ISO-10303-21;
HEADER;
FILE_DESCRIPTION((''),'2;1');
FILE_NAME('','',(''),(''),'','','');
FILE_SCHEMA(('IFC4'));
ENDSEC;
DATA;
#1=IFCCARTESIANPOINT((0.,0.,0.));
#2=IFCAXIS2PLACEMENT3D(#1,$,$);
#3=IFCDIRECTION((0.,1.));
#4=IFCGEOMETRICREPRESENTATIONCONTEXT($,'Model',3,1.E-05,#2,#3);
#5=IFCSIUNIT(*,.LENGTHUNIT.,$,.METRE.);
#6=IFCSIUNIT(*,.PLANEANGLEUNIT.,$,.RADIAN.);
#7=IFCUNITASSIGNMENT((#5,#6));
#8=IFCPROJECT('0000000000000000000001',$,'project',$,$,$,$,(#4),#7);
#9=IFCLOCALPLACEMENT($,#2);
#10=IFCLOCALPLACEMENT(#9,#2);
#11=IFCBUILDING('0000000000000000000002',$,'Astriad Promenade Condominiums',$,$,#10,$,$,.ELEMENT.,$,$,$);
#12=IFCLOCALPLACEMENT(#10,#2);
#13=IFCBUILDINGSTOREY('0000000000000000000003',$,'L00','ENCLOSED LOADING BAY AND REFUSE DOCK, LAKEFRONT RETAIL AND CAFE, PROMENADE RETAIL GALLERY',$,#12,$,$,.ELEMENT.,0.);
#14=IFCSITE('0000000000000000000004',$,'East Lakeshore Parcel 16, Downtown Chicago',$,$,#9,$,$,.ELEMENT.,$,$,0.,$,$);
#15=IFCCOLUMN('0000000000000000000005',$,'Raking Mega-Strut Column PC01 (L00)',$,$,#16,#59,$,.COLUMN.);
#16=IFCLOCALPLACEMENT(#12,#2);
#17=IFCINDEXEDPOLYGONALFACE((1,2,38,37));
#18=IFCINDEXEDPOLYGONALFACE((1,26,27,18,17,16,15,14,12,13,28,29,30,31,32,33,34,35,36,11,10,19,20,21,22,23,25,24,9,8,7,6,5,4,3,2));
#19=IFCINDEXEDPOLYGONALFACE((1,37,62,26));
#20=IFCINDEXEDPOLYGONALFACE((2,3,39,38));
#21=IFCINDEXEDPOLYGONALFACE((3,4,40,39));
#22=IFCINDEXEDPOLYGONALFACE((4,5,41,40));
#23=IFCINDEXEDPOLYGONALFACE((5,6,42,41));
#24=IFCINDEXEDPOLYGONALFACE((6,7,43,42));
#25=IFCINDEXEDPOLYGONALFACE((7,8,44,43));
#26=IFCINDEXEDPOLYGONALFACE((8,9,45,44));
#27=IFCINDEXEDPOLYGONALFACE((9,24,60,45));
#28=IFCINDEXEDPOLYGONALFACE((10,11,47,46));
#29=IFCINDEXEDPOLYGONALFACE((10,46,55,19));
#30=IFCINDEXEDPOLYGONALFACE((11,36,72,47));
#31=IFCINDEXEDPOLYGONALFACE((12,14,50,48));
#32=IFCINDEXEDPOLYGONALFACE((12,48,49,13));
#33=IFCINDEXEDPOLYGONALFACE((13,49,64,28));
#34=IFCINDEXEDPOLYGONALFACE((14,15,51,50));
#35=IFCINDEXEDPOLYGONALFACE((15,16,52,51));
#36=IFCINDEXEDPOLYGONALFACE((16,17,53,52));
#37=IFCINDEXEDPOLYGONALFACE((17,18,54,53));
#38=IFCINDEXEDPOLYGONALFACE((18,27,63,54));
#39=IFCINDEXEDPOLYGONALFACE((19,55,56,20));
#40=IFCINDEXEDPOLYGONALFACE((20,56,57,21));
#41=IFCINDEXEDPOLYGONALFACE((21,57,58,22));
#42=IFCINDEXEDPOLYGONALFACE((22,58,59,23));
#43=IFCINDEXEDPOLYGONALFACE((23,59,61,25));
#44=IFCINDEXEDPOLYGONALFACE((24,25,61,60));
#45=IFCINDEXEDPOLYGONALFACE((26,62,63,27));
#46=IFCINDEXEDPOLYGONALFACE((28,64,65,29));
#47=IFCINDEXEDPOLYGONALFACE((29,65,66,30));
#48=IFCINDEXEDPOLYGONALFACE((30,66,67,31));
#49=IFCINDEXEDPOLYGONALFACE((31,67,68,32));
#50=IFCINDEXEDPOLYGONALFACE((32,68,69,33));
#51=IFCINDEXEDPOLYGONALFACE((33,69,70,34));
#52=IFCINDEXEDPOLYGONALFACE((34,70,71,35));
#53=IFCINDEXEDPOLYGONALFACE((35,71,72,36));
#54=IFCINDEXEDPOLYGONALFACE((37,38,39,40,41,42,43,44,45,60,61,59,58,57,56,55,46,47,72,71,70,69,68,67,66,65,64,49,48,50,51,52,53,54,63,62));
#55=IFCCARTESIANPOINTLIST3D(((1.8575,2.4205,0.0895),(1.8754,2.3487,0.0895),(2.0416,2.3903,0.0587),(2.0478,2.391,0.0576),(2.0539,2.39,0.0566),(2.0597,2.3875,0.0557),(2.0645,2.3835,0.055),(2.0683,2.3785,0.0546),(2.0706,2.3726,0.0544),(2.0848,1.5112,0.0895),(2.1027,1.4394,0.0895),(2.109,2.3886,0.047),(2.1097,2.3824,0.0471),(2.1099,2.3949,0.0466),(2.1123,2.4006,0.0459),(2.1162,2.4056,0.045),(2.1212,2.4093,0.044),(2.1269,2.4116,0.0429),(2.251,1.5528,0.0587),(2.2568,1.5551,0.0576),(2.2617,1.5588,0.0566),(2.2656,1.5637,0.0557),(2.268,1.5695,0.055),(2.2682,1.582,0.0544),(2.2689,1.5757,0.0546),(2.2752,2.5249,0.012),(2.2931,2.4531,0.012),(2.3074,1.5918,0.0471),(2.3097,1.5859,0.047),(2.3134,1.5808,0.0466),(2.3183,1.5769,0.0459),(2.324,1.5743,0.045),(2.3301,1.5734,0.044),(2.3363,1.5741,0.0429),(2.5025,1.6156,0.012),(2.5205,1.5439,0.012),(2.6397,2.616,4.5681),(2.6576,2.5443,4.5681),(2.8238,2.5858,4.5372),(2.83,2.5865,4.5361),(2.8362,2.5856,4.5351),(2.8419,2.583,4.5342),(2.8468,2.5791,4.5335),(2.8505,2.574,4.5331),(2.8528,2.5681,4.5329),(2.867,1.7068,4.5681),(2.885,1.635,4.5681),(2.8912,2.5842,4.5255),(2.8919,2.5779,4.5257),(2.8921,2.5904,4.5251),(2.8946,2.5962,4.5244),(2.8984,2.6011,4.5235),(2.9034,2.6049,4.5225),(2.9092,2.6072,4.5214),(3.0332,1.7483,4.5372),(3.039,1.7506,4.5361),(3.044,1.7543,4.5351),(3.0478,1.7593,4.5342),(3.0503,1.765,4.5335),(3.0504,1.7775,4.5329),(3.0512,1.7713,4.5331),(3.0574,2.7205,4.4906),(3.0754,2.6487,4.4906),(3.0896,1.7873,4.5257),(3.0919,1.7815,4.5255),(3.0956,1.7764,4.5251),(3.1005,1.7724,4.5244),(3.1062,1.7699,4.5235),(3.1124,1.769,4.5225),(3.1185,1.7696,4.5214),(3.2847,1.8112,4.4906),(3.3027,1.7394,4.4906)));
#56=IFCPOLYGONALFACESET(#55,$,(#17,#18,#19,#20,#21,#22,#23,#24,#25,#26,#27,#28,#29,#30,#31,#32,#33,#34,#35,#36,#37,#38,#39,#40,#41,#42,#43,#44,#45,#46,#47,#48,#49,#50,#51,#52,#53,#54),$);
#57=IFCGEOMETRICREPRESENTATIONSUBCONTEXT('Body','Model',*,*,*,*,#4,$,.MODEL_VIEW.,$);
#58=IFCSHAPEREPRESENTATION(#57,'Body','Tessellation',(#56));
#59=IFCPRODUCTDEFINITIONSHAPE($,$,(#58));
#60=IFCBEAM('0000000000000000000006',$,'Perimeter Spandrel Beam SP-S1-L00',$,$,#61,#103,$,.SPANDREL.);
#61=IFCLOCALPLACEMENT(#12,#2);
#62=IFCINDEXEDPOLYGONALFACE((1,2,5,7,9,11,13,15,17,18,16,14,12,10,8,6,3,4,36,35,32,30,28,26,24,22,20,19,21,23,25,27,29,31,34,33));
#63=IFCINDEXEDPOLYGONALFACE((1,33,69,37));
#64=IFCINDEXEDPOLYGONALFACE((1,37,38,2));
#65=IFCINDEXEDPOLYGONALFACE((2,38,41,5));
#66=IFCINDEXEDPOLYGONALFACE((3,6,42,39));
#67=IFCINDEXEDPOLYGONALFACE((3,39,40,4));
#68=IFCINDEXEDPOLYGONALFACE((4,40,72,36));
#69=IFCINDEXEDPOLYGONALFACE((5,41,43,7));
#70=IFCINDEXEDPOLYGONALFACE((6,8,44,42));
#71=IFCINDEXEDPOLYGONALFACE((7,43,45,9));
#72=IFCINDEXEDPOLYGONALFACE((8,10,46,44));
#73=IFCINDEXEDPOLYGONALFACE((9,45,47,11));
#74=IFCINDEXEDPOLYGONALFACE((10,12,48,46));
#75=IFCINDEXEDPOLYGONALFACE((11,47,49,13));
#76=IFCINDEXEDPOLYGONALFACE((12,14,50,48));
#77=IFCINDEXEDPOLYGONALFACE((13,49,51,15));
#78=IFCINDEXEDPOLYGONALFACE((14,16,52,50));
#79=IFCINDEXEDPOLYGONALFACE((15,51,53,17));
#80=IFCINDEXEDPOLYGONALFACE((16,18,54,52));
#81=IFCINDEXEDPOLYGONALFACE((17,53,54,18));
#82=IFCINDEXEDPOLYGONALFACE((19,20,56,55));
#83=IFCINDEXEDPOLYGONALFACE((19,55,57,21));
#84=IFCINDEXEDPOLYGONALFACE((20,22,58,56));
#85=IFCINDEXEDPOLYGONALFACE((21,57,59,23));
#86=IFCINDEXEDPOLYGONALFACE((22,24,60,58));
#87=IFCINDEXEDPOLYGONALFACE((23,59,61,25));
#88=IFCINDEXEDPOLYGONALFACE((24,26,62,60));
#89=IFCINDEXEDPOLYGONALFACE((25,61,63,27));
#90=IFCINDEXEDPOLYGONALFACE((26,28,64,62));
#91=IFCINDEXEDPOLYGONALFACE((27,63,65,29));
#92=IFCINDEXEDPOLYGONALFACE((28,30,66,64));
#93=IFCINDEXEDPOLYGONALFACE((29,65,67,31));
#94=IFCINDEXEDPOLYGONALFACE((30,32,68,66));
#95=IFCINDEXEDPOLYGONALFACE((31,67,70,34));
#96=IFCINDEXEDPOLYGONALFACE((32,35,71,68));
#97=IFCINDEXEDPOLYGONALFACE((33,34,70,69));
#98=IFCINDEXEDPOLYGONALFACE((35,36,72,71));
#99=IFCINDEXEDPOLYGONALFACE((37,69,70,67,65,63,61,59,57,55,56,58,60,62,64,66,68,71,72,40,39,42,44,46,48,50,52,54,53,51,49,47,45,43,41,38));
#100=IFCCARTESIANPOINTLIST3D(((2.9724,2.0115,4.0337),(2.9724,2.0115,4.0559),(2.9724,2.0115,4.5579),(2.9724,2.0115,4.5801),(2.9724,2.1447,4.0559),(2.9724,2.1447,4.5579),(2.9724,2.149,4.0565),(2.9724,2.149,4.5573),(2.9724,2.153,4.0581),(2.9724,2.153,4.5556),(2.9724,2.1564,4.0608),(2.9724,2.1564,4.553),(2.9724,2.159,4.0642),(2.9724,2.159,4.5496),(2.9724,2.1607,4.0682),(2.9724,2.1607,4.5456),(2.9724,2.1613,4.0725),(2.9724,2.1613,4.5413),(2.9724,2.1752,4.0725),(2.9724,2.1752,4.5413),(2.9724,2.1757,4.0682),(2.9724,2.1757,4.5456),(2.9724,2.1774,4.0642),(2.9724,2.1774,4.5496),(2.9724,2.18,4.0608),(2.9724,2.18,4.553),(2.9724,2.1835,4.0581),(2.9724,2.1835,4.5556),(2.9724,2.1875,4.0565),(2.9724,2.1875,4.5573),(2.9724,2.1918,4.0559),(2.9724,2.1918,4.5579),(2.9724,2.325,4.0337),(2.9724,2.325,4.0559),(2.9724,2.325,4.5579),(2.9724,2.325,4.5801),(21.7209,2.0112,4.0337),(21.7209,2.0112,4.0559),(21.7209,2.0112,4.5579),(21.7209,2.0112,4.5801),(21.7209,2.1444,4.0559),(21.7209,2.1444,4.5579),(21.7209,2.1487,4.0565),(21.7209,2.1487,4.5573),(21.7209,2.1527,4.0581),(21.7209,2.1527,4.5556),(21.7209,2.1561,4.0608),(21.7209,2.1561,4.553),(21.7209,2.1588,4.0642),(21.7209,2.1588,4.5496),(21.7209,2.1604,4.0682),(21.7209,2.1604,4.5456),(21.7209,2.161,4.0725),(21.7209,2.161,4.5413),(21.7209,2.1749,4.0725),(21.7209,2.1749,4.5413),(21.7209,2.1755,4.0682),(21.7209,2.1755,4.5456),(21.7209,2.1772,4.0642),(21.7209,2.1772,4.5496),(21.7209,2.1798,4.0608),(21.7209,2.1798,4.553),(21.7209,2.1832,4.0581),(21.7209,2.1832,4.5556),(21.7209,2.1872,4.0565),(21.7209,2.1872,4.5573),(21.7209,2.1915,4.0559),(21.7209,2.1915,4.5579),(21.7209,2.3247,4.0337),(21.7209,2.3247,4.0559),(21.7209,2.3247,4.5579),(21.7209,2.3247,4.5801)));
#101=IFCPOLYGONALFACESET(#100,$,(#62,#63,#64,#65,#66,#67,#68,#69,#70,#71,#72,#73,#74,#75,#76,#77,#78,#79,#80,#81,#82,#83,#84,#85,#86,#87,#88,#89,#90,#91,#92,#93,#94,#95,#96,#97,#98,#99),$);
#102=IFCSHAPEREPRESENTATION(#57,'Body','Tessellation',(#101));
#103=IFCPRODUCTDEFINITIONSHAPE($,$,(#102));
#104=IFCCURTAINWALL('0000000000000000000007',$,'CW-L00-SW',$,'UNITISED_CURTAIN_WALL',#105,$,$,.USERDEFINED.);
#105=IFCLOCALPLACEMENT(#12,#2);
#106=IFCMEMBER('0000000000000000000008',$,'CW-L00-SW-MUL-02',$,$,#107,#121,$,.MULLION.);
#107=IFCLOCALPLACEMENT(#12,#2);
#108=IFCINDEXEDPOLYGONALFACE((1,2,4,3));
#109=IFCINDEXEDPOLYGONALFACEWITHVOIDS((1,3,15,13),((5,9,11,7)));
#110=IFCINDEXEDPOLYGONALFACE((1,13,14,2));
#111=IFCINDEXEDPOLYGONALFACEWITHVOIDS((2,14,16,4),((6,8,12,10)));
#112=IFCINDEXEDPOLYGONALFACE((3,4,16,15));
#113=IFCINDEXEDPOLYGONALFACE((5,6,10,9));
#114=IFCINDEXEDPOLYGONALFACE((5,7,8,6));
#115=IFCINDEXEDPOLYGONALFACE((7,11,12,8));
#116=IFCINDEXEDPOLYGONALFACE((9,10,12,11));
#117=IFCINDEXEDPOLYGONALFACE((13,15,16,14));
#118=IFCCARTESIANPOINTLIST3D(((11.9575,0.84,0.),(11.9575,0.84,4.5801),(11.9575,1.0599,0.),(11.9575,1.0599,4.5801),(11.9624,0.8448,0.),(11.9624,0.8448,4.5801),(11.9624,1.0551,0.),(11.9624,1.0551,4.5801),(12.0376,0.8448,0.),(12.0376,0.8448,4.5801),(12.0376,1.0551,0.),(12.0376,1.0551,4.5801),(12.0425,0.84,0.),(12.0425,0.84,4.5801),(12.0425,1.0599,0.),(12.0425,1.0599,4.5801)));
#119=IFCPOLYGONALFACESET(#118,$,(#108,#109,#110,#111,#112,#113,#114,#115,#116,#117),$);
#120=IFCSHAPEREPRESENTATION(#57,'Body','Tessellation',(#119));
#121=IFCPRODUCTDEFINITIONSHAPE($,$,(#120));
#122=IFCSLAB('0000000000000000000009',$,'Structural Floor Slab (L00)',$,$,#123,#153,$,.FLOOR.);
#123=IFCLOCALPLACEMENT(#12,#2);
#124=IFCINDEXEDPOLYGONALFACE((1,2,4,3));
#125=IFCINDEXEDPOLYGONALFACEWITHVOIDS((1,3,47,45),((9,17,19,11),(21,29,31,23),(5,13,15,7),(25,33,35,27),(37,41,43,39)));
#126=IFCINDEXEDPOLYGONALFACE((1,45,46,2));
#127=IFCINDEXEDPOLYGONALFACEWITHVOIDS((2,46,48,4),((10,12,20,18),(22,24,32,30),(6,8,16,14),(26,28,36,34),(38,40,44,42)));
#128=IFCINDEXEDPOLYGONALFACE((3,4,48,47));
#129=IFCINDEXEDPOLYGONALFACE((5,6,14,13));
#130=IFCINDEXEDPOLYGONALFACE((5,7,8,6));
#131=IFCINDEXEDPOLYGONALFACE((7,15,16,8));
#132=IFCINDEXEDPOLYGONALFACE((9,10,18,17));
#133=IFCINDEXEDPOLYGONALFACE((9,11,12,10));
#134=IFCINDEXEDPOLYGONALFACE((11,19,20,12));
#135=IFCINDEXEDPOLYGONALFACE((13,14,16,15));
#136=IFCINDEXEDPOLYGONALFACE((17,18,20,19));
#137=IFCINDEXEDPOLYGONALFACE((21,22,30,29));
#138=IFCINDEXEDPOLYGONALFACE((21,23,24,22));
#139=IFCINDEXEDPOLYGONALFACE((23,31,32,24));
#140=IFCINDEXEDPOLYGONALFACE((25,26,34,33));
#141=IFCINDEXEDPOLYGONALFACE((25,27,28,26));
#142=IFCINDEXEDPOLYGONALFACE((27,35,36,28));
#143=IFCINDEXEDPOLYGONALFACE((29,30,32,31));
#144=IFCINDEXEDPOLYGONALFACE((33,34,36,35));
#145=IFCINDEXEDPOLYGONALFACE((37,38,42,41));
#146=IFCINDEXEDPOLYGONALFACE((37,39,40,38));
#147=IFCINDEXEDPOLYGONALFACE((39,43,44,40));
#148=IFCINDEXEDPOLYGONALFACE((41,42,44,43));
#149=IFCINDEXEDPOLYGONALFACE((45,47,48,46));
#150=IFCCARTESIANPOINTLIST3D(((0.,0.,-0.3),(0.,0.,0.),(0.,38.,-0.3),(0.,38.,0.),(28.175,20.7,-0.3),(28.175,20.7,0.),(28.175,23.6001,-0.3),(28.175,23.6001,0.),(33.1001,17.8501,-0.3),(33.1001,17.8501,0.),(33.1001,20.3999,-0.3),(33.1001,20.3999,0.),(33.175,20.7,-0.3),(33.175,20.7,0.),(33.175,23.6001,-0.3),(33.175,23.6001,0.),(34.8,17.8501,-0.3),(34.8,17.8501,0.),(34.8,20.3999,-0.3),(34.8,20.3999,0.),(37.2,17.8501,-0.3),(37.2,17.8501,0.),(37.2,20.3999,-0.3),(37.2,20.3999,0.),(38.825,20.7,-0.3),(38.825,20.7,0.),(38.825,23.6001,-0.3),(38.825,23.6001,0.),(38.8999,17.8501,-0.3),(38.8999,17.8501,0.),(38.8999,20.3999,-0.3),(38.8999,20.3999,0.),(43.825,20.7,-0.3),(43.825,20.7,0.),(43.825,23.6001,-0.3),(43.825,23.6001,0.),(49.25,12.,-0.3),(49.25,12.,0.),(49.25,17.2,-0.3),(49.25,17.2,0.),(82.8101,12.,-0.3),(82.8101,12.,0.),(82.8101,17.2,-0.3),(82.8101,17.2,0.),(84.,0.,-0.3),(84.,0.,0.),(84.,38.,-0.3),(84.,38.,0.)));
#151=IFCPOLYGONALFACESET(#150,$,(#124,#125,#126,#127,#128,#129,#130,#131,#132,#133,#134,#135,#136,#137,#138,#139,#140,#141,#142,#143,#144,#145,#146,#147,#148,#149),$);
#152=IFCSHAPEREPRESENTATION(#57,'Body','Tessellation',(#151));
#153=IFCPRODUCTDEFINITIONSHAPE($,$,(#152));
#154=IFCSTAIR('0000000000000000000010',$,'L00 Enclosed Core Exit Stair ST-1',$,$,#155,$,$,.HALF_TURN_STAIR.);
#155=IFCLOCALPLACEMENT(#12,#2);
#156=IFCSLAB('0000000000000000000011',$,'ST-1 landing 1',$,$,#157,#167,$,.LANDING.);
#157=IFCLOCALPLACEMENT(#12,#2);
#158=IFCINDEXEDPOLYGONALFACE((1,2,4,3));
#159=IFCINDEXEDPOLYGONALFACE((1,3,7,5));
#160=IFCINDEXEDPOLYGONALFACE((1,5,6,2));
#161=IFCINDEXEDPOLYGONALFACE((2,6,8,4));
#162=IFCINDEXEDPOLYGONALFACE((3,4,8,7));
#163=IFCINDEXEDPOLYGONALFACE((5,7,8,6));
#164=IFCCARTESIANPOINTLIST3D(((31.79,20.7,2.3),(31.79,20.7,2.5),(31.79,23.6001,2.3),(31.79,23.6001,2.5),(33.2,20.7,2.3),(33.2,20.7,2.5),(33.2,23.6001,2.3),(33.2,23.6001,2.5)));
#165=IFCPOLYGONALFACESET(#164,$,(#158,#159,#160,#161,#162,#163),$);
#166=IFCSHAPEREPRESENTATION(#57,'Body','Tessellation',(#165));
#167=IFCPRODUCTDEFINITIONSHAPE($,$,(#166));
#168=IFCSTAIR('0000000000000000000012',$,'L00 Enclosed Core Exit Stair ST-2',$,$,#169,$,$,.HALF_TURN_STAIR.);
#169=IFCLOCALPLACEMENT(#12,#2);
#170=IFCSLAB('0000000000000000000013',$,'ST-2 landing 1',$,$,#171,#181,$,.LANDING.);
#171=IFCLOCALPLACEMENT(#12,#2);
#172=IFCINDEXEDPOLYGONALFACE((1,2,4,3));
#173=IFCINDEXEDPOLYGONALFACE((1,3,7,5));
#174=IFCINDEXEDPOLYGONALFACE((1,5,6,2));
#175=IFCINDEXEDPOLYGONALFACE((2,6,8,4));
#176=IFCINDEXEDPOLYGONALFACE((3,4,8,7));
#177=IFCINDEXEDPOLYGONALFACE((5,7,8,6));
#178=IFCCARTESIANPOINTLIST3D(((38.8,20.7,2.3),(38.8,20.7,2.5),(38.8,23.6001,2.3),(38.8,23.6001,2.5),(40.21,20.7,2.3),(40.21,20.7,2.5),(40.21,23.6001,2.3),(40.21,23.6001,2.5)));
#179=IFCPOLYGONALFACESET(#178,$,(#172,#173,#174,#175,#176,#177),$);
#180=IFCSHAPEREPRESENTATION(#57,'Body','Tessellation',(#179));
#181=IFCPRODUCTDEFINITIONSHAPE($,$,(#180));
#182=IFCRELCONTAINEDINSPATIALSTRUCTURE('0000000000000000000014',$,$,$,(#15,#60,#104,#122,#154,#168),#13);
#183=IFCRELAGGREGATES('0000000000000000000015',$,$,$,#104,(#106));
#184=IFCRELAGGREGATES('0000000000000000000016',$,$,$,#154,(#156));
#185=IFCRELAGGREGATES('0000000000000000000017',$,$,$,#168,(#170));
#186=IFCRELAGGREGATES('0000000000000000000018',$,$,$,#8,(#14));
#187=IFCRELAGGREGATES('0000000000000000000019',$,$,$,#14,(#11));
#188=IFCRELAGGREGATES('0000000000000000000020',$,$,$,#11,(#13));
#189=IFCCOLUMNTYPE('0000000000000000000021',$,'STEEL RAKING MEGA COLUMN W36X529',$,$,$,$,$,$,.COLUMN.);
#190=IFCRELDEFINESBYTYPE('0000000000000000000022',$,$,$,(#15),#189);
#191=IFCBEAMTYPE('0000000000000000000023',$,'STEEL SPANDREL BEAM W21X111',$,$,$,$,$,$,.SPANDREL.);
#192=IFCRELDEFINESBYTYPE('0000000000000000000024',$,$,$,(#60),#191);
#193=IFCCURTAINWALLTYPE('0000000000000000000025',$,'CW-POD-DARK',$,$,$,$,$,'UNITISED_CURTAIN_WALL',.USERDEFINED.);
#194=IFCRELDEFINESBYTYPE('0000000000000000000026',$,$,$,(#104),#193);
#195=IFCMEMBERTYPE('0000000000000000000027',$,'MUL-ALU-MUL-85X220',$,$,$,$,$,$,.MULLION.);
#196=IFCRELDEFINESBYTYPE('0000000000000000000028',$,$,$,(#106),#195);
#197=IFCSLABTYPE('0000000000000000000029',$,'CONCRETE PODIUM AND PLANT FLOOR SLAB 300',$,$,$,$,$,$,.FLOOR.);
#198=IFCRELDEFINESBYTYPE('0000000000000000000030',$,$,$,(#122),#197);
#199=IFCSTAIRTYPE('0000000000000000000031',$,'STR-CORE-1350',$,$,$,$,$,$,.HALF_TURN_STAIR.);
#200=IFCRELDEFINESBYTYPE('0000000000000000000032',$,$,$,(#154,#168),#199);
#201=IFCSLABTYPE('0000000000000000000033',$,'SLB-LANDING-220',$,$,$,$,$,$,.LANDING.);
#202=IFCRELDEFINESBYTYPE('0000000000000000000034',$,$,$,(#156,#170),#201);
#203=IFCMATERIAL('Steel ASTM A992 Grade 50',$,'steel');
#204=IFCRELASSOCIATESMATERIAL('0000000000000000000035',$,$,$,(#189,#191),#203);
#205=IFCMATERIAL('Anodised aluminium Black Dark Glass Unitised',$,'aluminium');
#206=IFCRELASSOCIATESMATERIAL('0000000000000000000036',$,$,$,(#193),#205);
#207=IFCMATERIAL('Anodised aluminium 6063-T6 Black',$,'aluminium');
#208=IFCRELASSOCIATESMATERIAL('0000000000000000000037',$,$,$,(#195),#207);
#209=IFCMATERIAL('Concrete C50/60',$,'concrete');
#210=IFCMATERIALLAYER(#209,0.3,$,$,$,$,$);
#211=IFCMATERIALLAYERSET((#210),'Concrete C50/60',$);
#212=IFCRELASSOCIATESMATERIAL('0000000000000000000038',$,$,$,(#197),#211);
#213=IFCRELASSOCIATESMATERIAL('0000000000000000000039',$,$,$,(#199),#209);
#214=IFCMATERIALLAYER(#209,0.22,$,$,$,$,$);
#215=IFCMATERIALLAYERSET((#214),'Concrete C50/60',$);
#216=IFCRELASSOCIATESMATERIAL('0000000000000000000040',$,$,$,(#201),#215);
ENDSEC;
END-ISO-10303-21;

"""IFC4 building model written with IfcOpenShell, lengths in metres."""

from ifc_helpers import new_model, si_unit, direction, frame, origin, origin_2d, place, context, subcontext, project, spatial, polyline, hollow_rectangle, i_section, outline, extrude, source, transform, mapped, material, layer, layer_set, material_profile, profile_set, type_object, type_shapes, element, aggregate, save


model = new_model("IFC4")

# Units and contexts
model_context = context("Model", 3, precision=1e-05, world=origin(), true_north=direction((0.0, 1.0)))
body_context = subcontext(model_context, "Body", "Model", "MODEL_VIEW")
ifc_project = project(units=[si_unit("LENGTHUNIT", "METRE"), si_unit("PLANEANGLEUNIT", "RADIAN")], contexts=[model_context])

# Site, building, storey
site_placement = place(None, origin())
site = spatial("IfcSite", under=ifc_project, at=site_placement, Name="East Lakeshore Parcel 16, Downtown Chicago", CompositionType="ELEMENT", RefElevation=0.0)
building_placement = place(site_placement, origin())
building = spatial("IfcBuilding", under=site, at=building_placement, Name="Astriad Promenade Condominiums", CompositionType="ELEMENT")
storey_placement = place(building_placement, origin())
storey = spatial("IfcBuildingStorey", under=building, at=storey_placement, Name="L00", Description="ENCLOSED LOADING BAY AND REFUSE DOCK, LAKEFRONT RETAIL AND CAFE, PROMENADE RETAIL GALLERY", CompositionType="ELEMENT", Elevation=0.0)

# Column
ifc_material_1 = material(Name="Steel ASTM A992 Grade 50", Category="steel")
ifc_material_profile_1 = material_profile(ifc_material_1, i_section(OverallWidth=0.4375, OverallDepth=1.0112, WebThickness=0.041, FlangeThickness=0.074, FilletRadius=0.0242, at=origin_2d()), Name="W36X529")
ifc_profile_set_1 = profile_set([ifc_material_profile_1], Name="Steel ASTM A992 Grade 50")
column_type = type_object("IfcColumnType", Name="STEEL RAKING MEGA COLUMN W36X529", PredefinedType="COLUMN", material=ifc_profile_set_1)
shared_shape_1 = source(origin(), body_context, "Body", "SweptSolid", [
    extrude(i_section(OverallWidth=0.4375, OverallDepth=1.0112, WebThickness=0.041, FlangeThickness=0.074, FilletRadius=0.0242, at=origin_2d()), origin(), (0.0, 0.0, 1.0), 4.5505),
])
type_shapes(column_type, [shared_shape_1])
column_placement = place(storey_placement, frame((2.189, 1.9822, 0.0508), z_axis=(0.171898, 0.042975, 0.984177), x_axis=(-0.954792, -0.238698, 0.177189)))
element("IfcColumn", 1, at=column_placement, inside=storey, type_object=column_type, Name="Raking Mega-Strut Column PC01 (L00)", PredefinedType="COLUMN", context=body_context, shape_type="MappedRepresentation", body=[
    mapped(shared_shape_1, transform((0.0, 0.0, 0.0), scale=1.0)),
])

# Beam
ifc_material_profile_2 = material_profile(ifc_material_1, i_section(OverallWidth=0.3135, OverallDepth=0.5464, WebThickness=0.0139, FlangeThickness=0.0222, FilletRadius=0.0166, at=origin_2d()), Name="W21X111")
ifc_profile_set_2 = profile_set([ifc_material_profile_2], Name="Steel ASTM A992 Grade 50")
beam_type = type_object("IfcBeamType", Name="STEEL SPANDREL BEAM W21X111", PredefinedType="SPANDREL", material=ifc_profile_set_2)
shared_shape_2 = source(origin(), body_context, "Body", "SweptSolid", [
    extrude(i_section(OverallWidth=0.3135, OverallDepth=0.5464, WebThickness=0.0139, FlangeThickness=0.0222, FilletRadius=0.0166, at=origin_2d()), origin(), (0.0, 0.0, 1.0), 18.7485),
])
type_shapes(beam_type, [shared_shape_2])
beam_placement = place(storey_placement, frame((2.9724, 2.1682, 4.3069), z_axis=(1.0, -0.000013, 0.0), x_axis=(0.000013, 1.0, 0.0)))
element("IfcBeam", 2, at=beam_placement, inside=storey, type_object=beam_type, Name="Perimeter Spandrel Beam SP-S1-L00", PredefinedType="SPANDREL", context=body_context, shape_type="MappedRepresentation", body=[
    mapped(shared_shape_2, transform((0.0, 0.0, 0.0), scale=1.0)),
])

# Curtain wall, member
ifc_material_2 = material(Name="Anodised aluminium Black Dark Glass Unitised", Category="aluminium")
curtain_wall_type = type_object("IfcCurtainWallType", Name="CW-POD-DARK", ElementType="UNITISED_CURTAIN_WALL", PredefinedType="USERDEFINED", material=ifc_material_2)
curtain_wall_placement = place(storey_placement, origin())
curtain_wall = element("IfcCurtainWall", 3, at=curtain_wall_placement, inside=storey, type_object=curtain_wall_type, Name="CW-L00-SW", ObjectType="UNITISED_CURTAIN_WALL", PredefinedType="USERDEFINED")
ifc_material_3 = material(Name="Anodised aluminium 6063-T6 Black", Category="aluminium")
ifc_material_profile_3 = material_profile(ifc_material_3, hollow_rectangle(XDim=0.085, YDim=0.22, WallThickness=0.0049, at=origin_2d()), Name="ALU-MUL-85X220")
ifc_profile_set_3 = profile_set([ifc_material_profile_3], Name="Anodised aluminium 6063-T6 Black")
member_type = type_object("IfcMemberType", Name="MUL-ALU-MUL-85X220", PredefinedType="MULLION", material=ifc_profile_set_3)
shared_shape_3 = source(origin(), body_context, "Body", "SweptSolid", [
    extrude(hollow_rectangle(XDim=0.085, YDim=0.22, WallThickness=0.0049, at=origin_2d()), origin(), (0.0, 0.0, 1.0), 4.5801),
])
type_shapes(member_type, [shared_shape_3])
member_placement = place(storey_placement, frame((12.0, 0.95, 0.0), z_axis=(0.0, 0.0, 1.0), x_axis=(1.0, 0.0, 0.0)))
member = element("IfcMember", 4, at=member_placement, type_object=member_type, Name="CW-L00-SW-MUL-02", PredefinedType="MULLION", context=body_context, shape_type="MappedRepresentation", body=[
    mapped(shared_shape_3, transform((0.0, 0.0, 0.0), scale=1.0)),
])
aggregate(curtain_wall, [member])

# Slab
ifc_material_4 = material(Name="Concrete C50/60", Category="concrete")
ifc_layer_1 = layer(ifc_material_4, 0.3)
ifc_layer_set_1 = layer_set([ifc_layer_1], Name="Concrete C50/60")
slab_type_1 = type_object("IfcSlabType", Name="CONCRETE PODIUM AND PLANT FLOOR SLAB 300", PredefinedType="FLOOR", material=ifc_layer_set_1)
slab_1_placement = place(storey_placement, frame((0.0, 0.0, -0.3)))
element("IfcSlab", 5, at=slab_1_placement, inside=storey, type_object=slab_type_1, Name="Structural Floor Slab (L00)", PredefinedType="FLOOR", context=body_context, shape_type="SweptSolid", body=[
    extrude(outline(polyline([(0.0, 0.0), (84.0, 0.0), (84.0, 38.0), (0.0, 38.0), (0.0, 0.0)]), holes=[polyline([(28.175, 20.7), (33.175, 20.7), (33.175, 23.6001), (28.175, 23.6001), (28.175, 20.7)]), polyline([(38.825, 20.7), (43.825, 20.7), (43.825, 23.6001), (38.825, 23.6001), (38.825, 20.7)]), polyline([(33.1001, 17.8501), (34.8, 17.8501), (34.8, 20.3999), (33.1001, 20.3999), (33.1001, 17.8501)]), polyline([(37.2, 17.8501), (38.8999, 17.8501), (38.8999, 20.3999), (37.2, 20.3999), (37.2, 17.8501)]), polyline([(49.25, 12.0), (82.8101, 12.0), (82.8101, 17.2), (49.25, 17.2), (49.25, 12.0)])]), origin(), (0.0, 0.0, 1.0), 0.3),
])

# Stairs, slabs
stair_type = type_object("IfcStairType", Name="STR-CORE-1350", PredefinedType="HALF_TURN_STAIR", material=ifc_material_4)
stair_1_placement = place(storey_placement, origin())
stair_1 = element("IfcStair", 6, at=stair_1_placement, inside=storey, type_object=stair_type, Name="L00 Enclosed Core Exit Stair ST-1", PredefinedType="HALF_TURN_STAIR")
ifc_layer_2 = layer(ifc_material_4, 0.22)
ifc_layer_set_2 = layer_set([ifc_layer_2], Name="Concrete C50/60")
slab_type_2 = type_object("IfcSlabType", Name="SLB-LANDING-220", PredefinedType="LANDING", material=ifc_layer_set_2)
slab_2_placement = place(storey_placement, frame((0.0, 0.0, 2.3)))
slab_2 = element("IfcSlab", 7, at=slab_2_placement, type_object=slab_type_2, Name="ST-1 landing 1", PredefinedType="LANDING", context=body_context, shape_type="SweptSolid", body=[
    extrude(outline(polyline([(31.79, 20.7), (33.2, 20.7), (33.2, 23.6001), (31.79, 23.6001), (31.79, 20.7)])), origin(), (0.0, 0.0, 1.0), 0.2),
])
aggregate(stair_1, [slab_2])
stair_2_placement = place(storey_placement, origin())
stair_2 = element("IfcStair", 8, at=stair_2_placement, inside=storey, type_object=stair_type, Name="L00 Enclosed Core Exit Stair ST-2", PredefinedType="HALF_TURN_STAIR")
slab_3_placement = place(storey_placement, frame((0.0, 0.0, 2.3)))
slab_3 = element("IfcSlab", 9, at=slab_3_placement, type_object=slab_type_2, Name="ST-2 landing 1", PredefinedType="LANDING", context=body_context, shape_type="SweptSolid", body=[
    extrude(outline(polyline([(40.21, 23.6001), (38.8, 23.6001), (38.8, 20.7), (40.21, 20.7), (40.21, 23.6001)])), origin(), (0.0, 0.0, 1.0), 0.2),
])
aggregate(stair_2, [slab_3])

save(model, "model.ifc")
